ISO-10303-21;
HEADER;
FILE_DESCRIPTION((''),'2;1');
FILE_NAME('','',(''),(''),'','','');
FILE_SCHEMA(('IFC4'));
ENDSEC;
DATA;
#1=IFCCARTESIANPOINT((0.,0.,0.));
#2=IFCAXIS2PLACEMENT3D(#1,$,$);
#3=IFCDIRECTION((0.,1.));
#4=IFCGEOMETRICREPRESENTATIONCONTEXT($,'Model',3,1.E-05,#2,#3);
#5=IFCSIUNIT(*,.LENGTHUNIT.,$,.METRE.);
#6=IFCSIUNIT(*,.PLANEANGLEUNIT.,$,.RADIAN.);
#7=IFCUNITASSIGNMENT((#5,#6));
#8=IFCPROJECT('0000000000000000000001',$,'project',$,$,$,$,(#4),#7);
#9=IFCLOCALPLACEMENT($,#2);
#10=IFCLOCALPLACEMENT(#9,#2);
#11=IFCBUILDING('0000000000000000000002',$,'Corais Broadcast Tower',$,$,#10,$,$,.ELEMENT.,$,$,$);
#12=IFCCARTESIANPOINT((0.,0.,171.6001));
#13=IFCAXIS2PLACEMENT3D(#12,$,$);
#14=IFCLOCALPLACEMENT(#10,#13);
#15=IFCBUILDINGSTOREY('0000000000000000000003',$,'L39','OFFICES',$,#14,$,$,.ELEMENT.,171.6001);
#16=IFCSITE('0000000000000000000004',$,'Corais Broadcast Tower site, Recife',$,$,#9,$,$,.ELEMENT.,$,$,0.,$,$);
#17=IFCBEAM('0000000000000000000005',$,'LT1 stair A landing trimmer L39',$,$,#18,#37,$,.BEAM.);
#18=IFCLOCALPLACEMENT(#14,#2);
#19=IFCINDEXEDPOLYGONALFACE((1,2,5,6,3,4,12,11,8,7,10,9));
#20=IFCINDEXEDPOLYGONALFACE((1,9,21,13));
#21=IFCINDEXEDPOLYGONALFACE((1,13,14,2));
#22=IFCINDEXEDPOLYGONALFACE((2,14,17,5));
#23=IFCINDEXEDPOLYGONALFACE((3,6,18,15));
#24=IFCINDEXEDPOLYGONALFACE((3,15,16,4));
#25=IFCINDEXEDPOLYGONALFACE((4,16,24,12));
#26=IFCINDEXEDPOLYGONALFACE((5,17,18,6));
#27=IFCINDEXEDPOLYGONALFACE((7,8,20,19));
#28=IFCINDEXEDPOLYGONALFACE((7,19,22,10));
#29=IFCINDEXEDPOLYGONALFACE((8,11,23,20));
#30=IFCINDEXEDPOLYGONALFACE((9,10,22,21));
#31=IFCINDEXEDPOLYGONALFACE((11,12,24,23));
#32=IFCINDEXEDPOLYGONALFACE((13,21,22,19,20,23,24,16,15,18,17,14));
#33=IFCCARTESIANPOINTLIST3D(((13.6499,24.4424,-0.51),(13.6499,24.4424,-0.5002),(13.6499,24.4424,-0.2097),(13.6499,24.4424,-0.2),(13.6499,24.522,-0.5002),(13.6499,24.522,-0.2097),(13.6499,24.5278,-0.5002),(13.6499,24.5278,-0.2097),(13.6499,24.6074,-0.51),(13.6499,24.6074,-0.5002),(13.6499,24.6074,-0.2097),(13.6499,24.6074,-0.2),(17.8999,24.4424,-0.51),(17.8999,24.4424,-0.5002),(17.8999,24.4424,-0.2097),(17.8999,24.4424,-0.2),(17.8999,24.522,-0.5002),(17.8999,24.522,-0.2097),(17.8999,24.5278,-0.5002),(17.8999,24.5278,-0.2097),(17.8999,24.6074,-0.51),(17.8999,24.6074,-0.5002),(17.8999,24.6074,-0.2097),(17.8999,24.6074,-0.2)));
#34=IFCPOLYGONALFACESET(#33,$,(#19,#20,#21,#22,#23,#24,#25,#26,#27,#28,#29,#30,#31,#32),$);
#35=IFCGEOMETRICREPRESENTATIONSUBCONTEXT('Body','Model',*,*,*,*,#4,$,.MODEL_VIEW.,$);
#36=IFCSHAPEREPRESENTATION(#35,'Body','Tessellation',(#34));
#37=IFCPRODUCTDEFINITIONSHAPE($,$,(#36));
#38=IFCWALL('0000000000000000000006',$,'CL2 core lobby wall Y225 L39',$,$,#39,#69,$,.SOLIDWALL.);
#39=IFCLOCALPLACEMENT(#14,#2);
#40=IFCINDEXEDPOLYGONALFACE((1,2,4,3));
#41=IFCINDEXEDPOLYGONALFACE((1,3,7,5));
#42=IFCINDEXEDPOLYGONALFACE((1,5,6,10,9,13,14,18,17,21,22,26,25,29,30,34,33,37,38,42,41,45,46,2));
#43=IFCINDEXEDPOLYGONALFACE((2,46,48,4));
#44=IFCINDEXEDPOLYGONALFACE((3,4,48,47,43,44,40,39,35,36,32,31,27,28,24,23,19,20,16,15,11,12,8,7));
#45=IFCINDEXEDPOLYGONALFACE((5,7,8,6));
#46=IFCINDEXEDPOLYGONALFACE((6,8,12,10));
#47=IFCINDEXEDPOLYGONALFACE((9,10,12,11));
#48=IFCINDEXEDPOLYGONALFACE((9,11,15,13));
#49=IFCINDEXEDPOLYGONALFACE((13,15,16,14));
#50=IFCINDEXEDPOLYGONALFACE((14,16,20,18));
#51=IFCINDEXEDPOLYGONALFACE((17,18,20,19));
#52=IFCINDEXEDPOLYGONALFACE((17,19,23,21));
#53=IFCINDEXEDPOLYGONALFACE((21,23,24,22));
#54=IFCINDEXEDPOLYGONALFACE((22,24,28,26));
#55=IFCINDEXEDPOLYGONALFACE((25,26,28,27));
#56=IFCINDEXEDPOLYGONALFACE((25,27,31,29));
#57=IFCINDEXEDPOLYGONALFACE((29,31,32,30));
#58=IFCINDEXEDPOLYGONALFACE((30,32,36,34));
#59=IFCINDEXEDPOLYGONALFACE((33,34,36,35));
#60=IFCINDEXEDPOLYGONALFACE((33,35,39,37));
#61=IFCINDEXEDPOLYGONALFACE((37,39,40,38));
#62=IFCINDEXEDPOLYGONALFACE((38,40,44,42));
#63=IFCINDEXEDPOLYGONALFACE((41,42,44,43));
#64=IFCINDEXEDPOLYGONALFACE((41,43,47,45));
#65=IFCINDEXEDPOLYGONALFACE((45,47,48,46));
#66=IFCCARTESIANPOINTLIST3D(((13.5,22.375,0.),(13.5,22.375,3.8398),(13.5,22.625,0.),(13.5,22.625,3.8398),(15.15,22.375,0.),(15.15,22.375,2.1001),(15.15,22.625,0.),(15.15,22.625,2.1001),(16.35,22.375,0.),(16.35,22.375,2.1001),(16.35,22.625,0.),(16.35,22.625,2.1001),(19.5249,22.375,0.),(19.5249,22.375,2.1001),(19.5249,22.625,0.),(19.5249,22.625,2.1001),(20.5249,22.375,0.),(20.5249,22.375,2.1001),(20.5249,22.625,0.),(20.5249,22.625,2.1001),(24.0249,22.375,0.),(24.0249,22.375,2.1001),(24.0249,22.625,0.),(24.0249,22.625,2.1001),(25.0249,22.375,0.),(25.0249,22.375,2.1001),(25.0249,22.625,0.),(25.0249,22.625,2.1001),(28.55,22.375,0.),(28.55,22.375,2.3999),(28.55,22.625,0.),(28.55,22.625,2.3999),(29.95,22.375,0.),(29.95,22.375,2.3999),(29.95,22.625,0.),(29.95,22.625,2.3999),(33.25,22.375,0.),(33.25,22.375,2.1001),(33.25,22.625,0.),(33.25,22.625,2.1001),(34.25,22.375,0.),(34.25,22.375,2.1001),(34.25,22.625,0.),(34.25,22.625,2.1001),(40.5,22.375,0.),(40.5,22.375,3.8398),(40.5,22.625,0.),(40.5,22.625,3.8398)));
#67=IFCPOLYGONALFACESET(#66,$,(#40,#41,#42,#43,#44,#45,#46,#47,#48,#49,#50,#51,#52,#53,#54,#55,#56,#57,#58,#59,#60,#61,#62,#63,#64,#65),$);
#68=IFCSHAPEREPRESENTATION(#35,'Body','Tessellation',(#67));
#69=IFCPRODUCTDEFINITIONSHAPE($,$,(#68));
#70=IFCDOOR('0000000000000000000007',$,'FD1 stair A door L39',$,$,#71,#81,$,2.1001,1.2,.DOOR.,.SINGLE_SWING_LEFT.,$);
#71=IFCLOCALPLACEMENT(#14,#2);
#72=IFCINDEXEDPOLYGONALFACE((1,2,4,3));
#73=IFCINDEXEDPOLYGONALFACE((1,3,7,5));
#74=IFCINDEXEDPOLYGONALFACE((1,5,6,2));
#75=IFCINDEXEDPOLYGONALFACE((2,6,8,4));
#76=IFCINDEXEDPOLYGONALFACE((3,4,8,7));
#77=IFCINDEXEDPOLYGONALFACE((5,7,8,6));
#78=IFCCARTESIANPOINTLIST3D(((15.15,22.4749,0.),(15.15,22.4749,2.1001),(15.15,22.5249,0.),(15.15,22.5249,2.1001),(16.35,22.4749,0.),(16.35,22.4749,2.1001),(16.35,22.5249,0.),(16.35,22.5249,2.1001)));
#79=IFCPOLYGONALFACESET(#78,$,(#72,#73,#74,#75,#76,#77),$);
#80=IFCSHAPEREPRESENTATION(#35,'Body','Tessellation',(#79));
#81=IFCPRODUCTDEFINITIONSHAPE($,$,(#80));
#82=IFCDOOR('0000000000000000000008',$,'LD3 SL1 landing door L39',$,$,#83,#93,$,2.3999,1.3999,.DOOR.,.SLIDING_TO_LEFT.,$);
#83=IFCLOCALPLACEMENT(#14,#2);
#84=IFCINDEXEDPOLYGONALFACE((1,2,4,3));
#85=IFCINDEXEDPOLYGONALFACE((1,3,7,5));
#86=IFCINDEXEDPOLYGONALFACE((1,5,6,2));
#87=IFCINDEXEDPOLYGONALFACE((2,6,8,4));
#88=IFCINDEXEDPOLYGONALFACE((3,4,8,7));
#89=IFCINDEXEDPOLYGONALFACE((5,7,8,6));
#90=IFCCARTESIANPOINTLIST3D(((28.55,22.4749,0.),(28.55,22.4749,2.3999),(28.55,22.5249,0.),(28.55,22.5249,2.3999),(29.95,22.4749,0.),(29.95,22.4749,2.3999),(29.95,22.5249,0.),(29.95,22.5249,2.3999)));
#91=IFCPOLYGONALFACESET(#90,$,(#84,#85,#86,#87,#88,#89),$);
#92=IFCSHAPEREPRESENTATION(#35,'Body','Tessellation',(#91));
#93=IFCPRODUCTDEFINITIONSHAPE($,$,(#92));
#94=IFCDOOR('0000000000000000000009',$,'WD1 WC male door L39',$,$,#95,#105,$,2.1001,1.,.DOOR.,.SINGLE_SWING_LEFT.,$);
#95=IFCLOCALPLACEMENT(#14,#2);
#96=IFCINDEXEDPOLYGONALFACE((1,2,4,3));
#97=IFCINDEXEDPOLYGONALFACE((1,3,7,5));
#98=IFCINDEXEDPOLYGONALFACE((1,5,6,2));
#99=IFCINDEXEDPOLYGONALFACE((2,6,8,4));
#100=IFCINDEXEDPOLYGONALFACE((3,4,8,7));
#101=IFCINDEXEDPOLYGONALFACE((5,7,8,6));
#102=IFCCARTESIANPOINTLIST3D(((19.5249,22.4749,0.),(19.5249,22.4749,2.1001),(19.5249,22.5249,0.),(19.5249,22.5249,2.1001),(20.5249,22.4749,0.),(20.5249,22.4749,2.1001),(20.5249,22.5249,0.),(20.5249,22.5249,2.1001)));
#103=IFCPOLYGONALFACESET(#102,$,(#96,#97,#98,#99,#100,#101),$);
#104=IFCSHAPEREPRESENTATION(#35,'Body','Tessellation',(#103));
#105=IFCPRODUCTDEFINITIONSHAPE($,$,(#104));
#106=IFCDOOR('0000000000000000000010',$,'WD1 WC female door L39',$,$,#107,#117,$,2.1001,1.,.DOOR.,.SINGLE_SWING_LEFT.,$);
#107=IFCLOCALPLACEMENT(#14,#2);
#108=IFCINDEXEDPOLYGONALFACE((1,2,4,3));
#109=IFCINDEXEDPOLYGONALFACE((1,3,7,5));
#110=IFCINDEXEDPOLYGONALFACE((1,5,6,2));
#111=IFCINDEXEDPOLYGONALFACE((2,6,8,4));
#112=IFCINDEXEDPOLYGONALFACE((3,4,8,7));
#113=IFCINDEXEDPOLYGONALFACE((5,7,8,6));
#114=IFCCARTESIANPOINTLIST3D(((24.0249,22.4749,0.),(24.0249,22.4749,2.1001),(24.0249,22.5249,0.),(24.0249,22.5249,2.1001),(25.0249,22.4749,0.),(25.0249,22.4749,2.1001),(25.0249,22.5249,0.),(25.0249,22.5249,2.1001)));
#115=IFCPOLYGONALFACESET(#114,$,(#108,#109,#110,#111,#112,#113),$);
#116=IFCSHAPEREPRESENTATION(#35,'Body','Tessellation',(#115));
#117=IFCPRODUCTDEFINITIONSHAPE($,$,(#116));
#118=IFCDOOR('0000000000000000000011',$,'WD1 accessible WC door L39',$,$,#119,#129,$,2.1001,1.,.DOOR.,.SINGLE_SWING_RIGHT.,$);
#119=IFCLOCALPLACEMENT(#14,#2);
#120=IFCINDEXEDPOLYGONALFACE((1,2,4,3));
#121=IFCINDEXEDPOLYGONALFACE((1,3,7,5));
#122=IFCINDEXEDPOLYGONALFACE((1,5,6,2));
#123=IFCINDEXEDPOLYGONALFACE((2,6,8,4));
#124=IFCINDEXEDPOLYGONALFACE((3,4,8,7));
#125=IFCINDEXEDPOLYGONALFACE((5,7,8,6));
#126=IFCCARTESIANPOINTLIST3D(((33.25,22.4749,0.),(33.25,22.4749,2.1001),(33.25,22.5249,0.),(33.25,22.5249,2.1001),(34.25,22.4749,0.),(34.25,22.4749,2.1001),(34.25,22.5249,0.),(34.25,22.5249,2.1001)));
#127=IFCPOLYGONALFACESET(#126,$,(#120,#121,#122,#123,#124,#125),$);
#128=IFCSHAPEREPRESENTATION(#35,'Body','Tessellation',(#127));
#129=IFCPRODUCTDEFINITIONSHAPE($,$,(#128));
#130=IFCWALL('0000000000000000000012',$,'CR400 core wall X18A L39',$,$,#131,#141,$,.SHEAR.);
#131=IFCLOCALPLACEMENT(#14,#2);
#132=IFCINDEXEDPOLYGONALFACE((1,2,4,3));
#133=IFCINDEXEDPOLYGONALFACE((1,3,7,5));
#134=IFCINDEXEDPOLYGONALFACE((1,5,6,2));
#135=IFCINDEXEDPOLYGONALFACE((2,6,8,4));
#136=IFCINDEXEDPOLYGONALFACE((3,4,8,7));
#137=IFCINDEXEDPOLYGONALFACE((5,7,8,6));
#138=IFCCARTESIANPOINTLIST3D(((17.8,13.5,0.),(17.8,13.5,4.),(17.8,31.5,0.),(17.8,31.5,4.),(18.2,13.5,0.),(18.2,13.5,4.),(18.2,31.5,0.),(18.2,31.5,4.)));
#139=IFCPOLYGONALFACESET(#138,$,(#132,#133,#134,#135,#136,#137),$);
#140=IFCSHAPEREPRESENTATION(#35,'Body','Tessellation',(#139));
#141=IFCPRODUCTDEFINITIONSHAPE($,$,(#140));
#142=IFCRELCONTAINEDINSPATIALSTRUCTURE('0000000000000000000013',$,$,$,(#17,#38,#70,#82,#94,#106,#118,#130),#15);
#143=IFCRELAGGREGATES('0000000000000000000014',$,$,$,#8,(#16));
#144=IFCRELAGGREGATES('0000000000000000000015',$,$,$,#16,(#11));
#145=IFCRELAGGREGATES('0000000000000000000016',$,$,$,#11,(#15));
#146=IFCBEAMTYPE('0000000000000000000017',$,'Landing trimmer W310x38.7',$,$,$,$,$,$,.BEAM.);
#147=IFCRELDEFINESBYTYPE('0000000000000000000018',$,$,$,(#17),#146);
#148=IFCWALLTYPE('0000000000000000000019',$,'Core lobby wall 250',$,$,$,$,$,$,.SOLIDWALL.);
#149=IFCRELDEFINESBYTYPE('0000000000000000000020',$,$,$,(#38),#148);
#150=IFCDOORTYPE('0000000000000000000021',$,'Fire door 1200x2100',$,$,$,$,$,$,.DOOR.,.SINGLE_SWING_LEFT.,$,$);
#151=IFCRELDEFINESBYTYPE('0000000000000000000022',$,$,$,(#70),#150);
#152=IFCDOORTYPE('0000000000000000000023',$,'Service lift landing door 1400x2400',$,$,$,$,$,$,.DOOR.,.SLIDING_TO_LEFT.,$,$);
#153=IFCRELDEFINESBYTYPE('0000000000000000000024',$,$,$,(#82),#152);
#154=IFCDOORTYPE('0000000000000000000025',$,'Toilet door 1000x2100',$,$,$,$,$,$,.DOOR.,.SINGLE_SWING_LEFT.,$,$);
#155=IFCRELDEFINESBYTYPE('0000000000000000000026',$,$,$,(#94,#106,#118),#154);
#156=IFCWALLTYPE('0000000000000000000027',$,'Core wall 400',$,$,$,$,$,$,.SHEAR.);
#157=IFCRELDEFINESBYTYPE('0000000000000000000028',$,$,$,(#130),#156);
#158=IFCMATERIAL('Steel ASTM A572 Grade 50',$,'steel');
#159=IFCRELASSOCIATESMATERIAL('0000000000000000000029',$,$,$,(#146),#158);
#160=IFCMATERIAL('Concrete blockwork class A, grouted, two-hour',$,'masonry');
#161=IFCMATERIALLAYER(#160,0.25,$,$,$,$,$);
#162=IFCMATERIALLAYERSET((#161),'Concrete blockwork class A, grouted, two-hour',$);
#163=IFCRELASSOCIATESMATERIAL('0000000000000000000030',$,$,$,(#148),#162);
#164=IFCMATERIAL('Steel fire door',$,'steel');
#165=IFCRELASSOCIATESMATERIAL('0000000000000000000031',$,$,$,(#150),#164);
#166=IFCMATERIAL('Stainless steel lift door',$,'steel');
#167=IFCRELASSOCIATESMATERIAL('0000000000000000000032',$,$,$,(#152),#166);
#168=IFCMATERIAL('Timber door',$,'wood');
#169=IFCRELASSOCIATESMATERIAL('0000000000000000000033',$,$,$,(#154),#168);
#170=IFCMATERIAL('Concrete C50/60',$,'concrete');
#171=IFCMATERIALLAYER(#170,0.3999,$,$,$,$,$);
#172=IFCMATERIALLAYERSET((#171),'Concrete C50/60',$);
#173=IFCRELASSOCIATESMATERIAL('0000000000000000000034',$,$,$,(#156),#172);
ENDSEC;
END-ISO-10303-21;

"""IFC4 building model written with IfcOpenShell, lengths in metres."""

from ifc_helpers import new_model, si_unit, direction, frame, frame_2d, origin, origin_2d, place, context, subcontext, project, spatial, rectangle, i_section, extrude, material, layer, layer_set, material_profile, profile_set, type_object, element, fill, save


model = new_model("IFC4")

# Units and contexts
model_context = context("Model", 3, precision=1e-05, world=origin(), true_north=direction((0.0, 1.0)))
body_context = subcontext(model_context, "Body", "Model", "MODEL_VIEW")
ifc_project = project(units=[si_unit("LENGTHUNIT", "METRE"), si_unit("PLANEANGLEUNIT", "RADIAN")], contexts=[model_context])

# Site, building, storey
site_placement = place(None, origin())
site = spatial("IfcSite", under=ifc_project, at=site_placement, Name="Corais Broadcast Tower site, Recife", CompositionType="ELEMENT", RefElevation=0.0)
building_placement = place(site_placement, origin())
building = spatial("IfcBuilding", under=site, at=building_placement, Name="Corais Broadcast Tower", CompositionType="ELEMENT")
storey_placement = place(building_placement, frame((0.0, 0.0, 171.6001)))
storey = spatial("IfcBuildingStorey", under=building, at=storey_placement, Name="L39", Description="OFFICES", CompositionType="ELEMENT", Elevation=171.6001)

# Beam
ifc_material_1 = material(Name="Steel ASTM A572 Grade 50", Category="steel")
ifc_material_profile = material_profile(ifc_material_1, i_section(OverallWidth=0.165, OverallDepth=0.3101, WebThickness=0.0059, FlangeThickness=0.0098, at=origin_2d()), Name="W310x38.7")
ifc_profile_set = profile_set([ifc_material_profile], Name="Steel ASTM A572 Grade 50")
beam_type = type_object("IfcBeamType", Name="Landing trimmer W310x38.7", PredefinedType="BEAM", material=ifc_profile_set)
beam_placement = place(storey_placement, frame((13.6499, 24.5249, -0.355), z_axis=(1.0, 0.0, 0.0), x_axis=(0.0, 1.0, 0.0)))
element("IfcBeam", 1, at=beam_placement, inside=storey, type_object=beam_type, Name="LT1 stair A landing trimmer L39", PredefinedType="BEAM", context=body_context, shape_type="SweptSolid", body=[
    extrude(i_section(OverallWidth=0.165, OverallDepth=0.3101, WebThickness=0.0059, FlangeThickness=0.0098, at=origin_2d()), origin(), (0.0, 0.0, 1.0), 4.25),
])

# Wall, openings, doors
ifc_material_2 = material(Name="Concrete blockwork class A, grouted, two-hour", Category="masonry")
ifc_layer_1 = layer(ifc_material_2, 0.25)
ifc_layer_set_1 = layer_set([ifc_layer_1], Name="Concrete blockwork class A, grouted, two-hour")
wall_type_1 = type_object("IfcWallType", Name="Core lobby wall 250", PredefinedType="SOLIDWALL", material=ifc_layer_set_1)
wall_1_placement = place(storey_placement, frame((13.5, 22.5, 0.0), z_axis=(0.0, 0.0, 1.0), x_axis=(1.0, 0.0, 0.0)))
wall_1 = element("IfcWall", 2, at=wall_1_placement, inside=storey, type_object=wall_type_1, Name="CL2 core lobby wall Y225 L39", PredefinedType="SOLIDWALL", context=body_context, shape_type="SweptSolid", body=[
    extrude(rectangle(XDim=27.0, YDim=0.25, at=frame_2d((13.5, 0.0))), origin(), (0.0, 0.0, 1.0), 3.8398),
])
opening_1_placement = place(wall_1_placement, frame((1.6499, 0.0, 0.0)))
opening_1 = element("IfcOpeningElement", 3, at=opening_1_placement, cuts=wall_1, PredefinedType="OPENING", context=body_context, shape_type="SweptSolid", body=[
    extrude(rectangle(XDim=1.2, YDim=2.1001, at=frame_2d((0.6001, 1.05))), frame((0.0, 0.135, 0.0), z_axis=(0.0, -1.0, 0.0), x_axis=(1.0, 0.0, 0.0)), (0.0, 0.0, 1.0), 0.27),
])
opening_2_placement = place(wall_1_placement, frame((6.0249, 0.0, 0.0)))
opening_2 = element("IfcOpeningElement", 4, at=opening_2_placement, cuts=wall_1, PredefinedType="OPENING", context=body_context, shape_type="SweptSolid", body=[
    extrude(rectangle(XDim=1.0, YDim=2.1001, at=frame_2d((0.5, 1.05))), frame((0.0, 0.135, 0.0), z_axis=(0.0, -1.0, 0.0), x_axis=(1.0, 0.0, 0.0)), (0.0, 0.0, 1.0), 0.27),
])
opening_3_placement = place(wall_1_placement, frame((10.5249, 0.0, 0.0)))
opening_3 = element("IfcOpeningElement", 5, at=opening_3_placement, cuts=wall_1, PredefinedType="OPENING", context=body_context, shape_type="SweptSolid", body=[
    extrude(rectangle(XDim=1.0, YDim=2.1001, at=frame_2d((0.5, 1.05))), frame((0.0, 0.135, 0.0), z_axis=(0.0, -1.0, 0.0), x_axis=(1.0, 0.0, 0.0)), (0.0, 0.0, 1.0), 0.27),
])
opening_4_placement = place(wall_1_placement, frame((19.75, 0.0, 0.0)))
opening_4 = element("IfcOpeningElement", 6, at=opening_4_placement, cuts=wall_1, PredefinedType="OPENING", context=body_context, shape_type="SweptSolid", body=[
    extrude(rectangle(XDim=1.0, YDim=2.1001, at=frame_2d((0.5, 1.05))), frame((0.0, 0.135, 0.0), z_axis=(0.0, -1.0, 0.0), x_axis=(1.0, 0.0, 0.0)), (0.0, 0.0, 1.0), 0.27),
])
opening_5_placement = place(wall_1_placement, frame((15.05, 0.0, 0.0)))
opening_5 = element("IfcOpeningElement", 7, at=opening_5_placement, cuts=wall_1, PredefinedType="OPENING", context=body_context, shape_type="SweptSolid", body=[
    extrude(rectangle(XDim=1.3999, YDim=2.3999, at=frame_2d((0.7, 1.2))), frame((0.0, 0.135, 0.0), z_axis=(0.0, -1.0, 0.0), x_axis=(1.0, 0.0, 0.0)), (0.0, 0.0, 1.0), 0.27),
])
ifc_material_3 = material(Name="Steel fire door", Category="steel")
door_type_1 = type_object("IfcDoorType", Name="Fire door 1200x2100", OperationType="SINGLE_SWING_LEFT", PredefinedType="DOOR", material=ifc_material_3)
door_1_placement = place(opening_1_placement, origin())
door_1 = element("IfcDoor", 8, at=door_1_placement, inside=storey, type_object=door_type_1, Name="FD1 stair A door L39", OperationType="SINGLE_SWING_LEFT", OverallHeight=2.1001, OverallWidth=1.2, PredefinedType="DOOR", context=body_context, shape_type="SweptSolid", body=[
    extrude(rectangle(XDim=1.2, YDim=2.1001, at=frame_2d((0.6001, 1.05))), frame((0.0, 0.0249, 0.0), z_axis=(0.0, -1.0, 0.0), x_axis=(1.0, 0.0, 0.0)), (0.0, 0.0, 1.0), 0.05),
])
fill(opening_1, door_1)
ifc_material_4 = material(Name="Stainless steel lift door", Category="steel")
door_type_2 = type_object("IfcDoorType", Name="Service lift landing door 1400x2400", OperationType="SLIDING_TO_LEFT", PredefinedType="DOOR", material=ifc_material_4)
door_2_placement = place(opening_5_placement, origin())
door_2 = element("IfcDoor", 9, at=door_2_placement, inside=storey, type_object=door_type_2, Name="LD3 SL1 landing door L39", OperationType="SLIDING_TO_LEFT", OverallHeight=2.3999, OverallWidth=1.3999, PredefinedType="DOOR", context=body_context, shape_type="SweptSolid", body=[
    extrude(rectangle(XDim=1.3999, YDim=2.3999, at=frame_2d((0.7, 1.2))), frame((0.0, 0.0249, 0.0), z_axis=(0.0, -1.0, 0.0), x_axis=(1.0, 0.0, 0.0)), (0.0, 0.0, 1.0), 0.05),
])
fill(opening_5, door_2)
ifc_material_5 = material(Name="Timber door", Category="wood")
door_type_3 = type_object("IfcDoorType", Name="Toilet door 1000x2100", OperationType="SINGLE_SWING_LEFT", PredefinedType="DOOR", material=ifc_material_5)
door_3_placement = place(opening_2_placement, origin())
door_3 = element("IfcDoor", 10, at=door_3_placement, inside=storey, type_object=door_type_3, Name="WD1 WC male door L39", OperationType="SINGLE_SWING_LEFT", OverallHeight=2.1001, OverallWidth=1.0, PredefinedType="DOOR", context=body_context, shape_type="SweptSolid", body=[
    extrude(rectangle(XDim=1.0, YDim=2.1001, at=frame_2d((0.5, 1.05))), frame((0.0, 0.0249, 0.0), z_axis=(0.0, -1.0, 0.0), x_axis=(1.0, 0.0, 0.0)), (0.0, 0.0, 1.0), 0.05),
])
fill(opening_2, door_3)
door_4_placement = place(opening_3_placement, origin())
door_4 = element("IfcDoor", 11, at=door_4_placement, inside=storey, type_object=door_type_3, Name="WD1 WC female door L39", OperationType="SINGLE_SWING_LEFT", OverallHeight=2.1001, OverallWidth=1.0, PredefinedType="DOOR", context=body_context, shape_type="SweptSolid", body=[
    extrude(rectangle(XDim=1.0, YDim=2.1001, at=frame_2d((0.5, 1.05))), frame((0.0, 0.0249, 0.0), z_axis=(0.0, -1.0, 0.0), x_axis=(1.0, 0.0, 0.0)), (0.0, 0.0, 1.0), 0.05),
])
fill(opening_3, door_4)
door_5_placement = place(opening_4_placement, origin())
door_5 = element("IfcDoor", 12, at=door_5_placement, inside=storey, type_object=door_type_3, Name="WD1 accessible WC door L39", OperationType="SINGLE_SWING_RIGHT", OverallHeight=2.1001, OverallWidth=1.0, PredefinedType="DOOR", context=body_context, shape_type="SweptSolid", body=[
    extrude(rectangle(XDim=1.0, YDim=2.1001, at=frame_2d((0.5, 1.05))), frame((0.0, 0.0249, 0.0), z_axis=(0.0, -1.0, 0.0), x_axis=(1.0, 0.0, 0.0)), (0.0, 0.0, 1.0), 0.05),
])
fill(opening_4, door_5)

# Wall
ifc_material_6 = material(Name="Concrete C50/60", Category="concrete")
ifc_layer_2 = layer(ifc_material_6, 0.3999)
ifc_layer_set_2 = layer_set([ifc_layer_2], Name="Concrete C50/60")
wall_type_2 = type_object("IfcWallType", Name="Core wall 400", PredefinedType="SHEAR", material=ifc_layer_set_2)
wall_2_placement = place(storey_placement, frame((18.0, 13.5, 0.0), z_axis=(0.0, 0.0, 1.0), x_axis=(0.0, 1.0, 0.0)))
element("IfcWall", 13, at=wall_2_placement, inside=storey, type_object=wall_type_2, Name="CR400 core wall X18A L39", PredefinedType="SHEAR", context=body_context, shape_type="SweptSolid", body=[
    extrude(rectangle(XDim=18.0, YDim=0.3999, at=frame_2d((9.0, 0.0))), origin(), (0.0, 0.0, 1.0), 4.0),
])

save(model, "model.ifc")
